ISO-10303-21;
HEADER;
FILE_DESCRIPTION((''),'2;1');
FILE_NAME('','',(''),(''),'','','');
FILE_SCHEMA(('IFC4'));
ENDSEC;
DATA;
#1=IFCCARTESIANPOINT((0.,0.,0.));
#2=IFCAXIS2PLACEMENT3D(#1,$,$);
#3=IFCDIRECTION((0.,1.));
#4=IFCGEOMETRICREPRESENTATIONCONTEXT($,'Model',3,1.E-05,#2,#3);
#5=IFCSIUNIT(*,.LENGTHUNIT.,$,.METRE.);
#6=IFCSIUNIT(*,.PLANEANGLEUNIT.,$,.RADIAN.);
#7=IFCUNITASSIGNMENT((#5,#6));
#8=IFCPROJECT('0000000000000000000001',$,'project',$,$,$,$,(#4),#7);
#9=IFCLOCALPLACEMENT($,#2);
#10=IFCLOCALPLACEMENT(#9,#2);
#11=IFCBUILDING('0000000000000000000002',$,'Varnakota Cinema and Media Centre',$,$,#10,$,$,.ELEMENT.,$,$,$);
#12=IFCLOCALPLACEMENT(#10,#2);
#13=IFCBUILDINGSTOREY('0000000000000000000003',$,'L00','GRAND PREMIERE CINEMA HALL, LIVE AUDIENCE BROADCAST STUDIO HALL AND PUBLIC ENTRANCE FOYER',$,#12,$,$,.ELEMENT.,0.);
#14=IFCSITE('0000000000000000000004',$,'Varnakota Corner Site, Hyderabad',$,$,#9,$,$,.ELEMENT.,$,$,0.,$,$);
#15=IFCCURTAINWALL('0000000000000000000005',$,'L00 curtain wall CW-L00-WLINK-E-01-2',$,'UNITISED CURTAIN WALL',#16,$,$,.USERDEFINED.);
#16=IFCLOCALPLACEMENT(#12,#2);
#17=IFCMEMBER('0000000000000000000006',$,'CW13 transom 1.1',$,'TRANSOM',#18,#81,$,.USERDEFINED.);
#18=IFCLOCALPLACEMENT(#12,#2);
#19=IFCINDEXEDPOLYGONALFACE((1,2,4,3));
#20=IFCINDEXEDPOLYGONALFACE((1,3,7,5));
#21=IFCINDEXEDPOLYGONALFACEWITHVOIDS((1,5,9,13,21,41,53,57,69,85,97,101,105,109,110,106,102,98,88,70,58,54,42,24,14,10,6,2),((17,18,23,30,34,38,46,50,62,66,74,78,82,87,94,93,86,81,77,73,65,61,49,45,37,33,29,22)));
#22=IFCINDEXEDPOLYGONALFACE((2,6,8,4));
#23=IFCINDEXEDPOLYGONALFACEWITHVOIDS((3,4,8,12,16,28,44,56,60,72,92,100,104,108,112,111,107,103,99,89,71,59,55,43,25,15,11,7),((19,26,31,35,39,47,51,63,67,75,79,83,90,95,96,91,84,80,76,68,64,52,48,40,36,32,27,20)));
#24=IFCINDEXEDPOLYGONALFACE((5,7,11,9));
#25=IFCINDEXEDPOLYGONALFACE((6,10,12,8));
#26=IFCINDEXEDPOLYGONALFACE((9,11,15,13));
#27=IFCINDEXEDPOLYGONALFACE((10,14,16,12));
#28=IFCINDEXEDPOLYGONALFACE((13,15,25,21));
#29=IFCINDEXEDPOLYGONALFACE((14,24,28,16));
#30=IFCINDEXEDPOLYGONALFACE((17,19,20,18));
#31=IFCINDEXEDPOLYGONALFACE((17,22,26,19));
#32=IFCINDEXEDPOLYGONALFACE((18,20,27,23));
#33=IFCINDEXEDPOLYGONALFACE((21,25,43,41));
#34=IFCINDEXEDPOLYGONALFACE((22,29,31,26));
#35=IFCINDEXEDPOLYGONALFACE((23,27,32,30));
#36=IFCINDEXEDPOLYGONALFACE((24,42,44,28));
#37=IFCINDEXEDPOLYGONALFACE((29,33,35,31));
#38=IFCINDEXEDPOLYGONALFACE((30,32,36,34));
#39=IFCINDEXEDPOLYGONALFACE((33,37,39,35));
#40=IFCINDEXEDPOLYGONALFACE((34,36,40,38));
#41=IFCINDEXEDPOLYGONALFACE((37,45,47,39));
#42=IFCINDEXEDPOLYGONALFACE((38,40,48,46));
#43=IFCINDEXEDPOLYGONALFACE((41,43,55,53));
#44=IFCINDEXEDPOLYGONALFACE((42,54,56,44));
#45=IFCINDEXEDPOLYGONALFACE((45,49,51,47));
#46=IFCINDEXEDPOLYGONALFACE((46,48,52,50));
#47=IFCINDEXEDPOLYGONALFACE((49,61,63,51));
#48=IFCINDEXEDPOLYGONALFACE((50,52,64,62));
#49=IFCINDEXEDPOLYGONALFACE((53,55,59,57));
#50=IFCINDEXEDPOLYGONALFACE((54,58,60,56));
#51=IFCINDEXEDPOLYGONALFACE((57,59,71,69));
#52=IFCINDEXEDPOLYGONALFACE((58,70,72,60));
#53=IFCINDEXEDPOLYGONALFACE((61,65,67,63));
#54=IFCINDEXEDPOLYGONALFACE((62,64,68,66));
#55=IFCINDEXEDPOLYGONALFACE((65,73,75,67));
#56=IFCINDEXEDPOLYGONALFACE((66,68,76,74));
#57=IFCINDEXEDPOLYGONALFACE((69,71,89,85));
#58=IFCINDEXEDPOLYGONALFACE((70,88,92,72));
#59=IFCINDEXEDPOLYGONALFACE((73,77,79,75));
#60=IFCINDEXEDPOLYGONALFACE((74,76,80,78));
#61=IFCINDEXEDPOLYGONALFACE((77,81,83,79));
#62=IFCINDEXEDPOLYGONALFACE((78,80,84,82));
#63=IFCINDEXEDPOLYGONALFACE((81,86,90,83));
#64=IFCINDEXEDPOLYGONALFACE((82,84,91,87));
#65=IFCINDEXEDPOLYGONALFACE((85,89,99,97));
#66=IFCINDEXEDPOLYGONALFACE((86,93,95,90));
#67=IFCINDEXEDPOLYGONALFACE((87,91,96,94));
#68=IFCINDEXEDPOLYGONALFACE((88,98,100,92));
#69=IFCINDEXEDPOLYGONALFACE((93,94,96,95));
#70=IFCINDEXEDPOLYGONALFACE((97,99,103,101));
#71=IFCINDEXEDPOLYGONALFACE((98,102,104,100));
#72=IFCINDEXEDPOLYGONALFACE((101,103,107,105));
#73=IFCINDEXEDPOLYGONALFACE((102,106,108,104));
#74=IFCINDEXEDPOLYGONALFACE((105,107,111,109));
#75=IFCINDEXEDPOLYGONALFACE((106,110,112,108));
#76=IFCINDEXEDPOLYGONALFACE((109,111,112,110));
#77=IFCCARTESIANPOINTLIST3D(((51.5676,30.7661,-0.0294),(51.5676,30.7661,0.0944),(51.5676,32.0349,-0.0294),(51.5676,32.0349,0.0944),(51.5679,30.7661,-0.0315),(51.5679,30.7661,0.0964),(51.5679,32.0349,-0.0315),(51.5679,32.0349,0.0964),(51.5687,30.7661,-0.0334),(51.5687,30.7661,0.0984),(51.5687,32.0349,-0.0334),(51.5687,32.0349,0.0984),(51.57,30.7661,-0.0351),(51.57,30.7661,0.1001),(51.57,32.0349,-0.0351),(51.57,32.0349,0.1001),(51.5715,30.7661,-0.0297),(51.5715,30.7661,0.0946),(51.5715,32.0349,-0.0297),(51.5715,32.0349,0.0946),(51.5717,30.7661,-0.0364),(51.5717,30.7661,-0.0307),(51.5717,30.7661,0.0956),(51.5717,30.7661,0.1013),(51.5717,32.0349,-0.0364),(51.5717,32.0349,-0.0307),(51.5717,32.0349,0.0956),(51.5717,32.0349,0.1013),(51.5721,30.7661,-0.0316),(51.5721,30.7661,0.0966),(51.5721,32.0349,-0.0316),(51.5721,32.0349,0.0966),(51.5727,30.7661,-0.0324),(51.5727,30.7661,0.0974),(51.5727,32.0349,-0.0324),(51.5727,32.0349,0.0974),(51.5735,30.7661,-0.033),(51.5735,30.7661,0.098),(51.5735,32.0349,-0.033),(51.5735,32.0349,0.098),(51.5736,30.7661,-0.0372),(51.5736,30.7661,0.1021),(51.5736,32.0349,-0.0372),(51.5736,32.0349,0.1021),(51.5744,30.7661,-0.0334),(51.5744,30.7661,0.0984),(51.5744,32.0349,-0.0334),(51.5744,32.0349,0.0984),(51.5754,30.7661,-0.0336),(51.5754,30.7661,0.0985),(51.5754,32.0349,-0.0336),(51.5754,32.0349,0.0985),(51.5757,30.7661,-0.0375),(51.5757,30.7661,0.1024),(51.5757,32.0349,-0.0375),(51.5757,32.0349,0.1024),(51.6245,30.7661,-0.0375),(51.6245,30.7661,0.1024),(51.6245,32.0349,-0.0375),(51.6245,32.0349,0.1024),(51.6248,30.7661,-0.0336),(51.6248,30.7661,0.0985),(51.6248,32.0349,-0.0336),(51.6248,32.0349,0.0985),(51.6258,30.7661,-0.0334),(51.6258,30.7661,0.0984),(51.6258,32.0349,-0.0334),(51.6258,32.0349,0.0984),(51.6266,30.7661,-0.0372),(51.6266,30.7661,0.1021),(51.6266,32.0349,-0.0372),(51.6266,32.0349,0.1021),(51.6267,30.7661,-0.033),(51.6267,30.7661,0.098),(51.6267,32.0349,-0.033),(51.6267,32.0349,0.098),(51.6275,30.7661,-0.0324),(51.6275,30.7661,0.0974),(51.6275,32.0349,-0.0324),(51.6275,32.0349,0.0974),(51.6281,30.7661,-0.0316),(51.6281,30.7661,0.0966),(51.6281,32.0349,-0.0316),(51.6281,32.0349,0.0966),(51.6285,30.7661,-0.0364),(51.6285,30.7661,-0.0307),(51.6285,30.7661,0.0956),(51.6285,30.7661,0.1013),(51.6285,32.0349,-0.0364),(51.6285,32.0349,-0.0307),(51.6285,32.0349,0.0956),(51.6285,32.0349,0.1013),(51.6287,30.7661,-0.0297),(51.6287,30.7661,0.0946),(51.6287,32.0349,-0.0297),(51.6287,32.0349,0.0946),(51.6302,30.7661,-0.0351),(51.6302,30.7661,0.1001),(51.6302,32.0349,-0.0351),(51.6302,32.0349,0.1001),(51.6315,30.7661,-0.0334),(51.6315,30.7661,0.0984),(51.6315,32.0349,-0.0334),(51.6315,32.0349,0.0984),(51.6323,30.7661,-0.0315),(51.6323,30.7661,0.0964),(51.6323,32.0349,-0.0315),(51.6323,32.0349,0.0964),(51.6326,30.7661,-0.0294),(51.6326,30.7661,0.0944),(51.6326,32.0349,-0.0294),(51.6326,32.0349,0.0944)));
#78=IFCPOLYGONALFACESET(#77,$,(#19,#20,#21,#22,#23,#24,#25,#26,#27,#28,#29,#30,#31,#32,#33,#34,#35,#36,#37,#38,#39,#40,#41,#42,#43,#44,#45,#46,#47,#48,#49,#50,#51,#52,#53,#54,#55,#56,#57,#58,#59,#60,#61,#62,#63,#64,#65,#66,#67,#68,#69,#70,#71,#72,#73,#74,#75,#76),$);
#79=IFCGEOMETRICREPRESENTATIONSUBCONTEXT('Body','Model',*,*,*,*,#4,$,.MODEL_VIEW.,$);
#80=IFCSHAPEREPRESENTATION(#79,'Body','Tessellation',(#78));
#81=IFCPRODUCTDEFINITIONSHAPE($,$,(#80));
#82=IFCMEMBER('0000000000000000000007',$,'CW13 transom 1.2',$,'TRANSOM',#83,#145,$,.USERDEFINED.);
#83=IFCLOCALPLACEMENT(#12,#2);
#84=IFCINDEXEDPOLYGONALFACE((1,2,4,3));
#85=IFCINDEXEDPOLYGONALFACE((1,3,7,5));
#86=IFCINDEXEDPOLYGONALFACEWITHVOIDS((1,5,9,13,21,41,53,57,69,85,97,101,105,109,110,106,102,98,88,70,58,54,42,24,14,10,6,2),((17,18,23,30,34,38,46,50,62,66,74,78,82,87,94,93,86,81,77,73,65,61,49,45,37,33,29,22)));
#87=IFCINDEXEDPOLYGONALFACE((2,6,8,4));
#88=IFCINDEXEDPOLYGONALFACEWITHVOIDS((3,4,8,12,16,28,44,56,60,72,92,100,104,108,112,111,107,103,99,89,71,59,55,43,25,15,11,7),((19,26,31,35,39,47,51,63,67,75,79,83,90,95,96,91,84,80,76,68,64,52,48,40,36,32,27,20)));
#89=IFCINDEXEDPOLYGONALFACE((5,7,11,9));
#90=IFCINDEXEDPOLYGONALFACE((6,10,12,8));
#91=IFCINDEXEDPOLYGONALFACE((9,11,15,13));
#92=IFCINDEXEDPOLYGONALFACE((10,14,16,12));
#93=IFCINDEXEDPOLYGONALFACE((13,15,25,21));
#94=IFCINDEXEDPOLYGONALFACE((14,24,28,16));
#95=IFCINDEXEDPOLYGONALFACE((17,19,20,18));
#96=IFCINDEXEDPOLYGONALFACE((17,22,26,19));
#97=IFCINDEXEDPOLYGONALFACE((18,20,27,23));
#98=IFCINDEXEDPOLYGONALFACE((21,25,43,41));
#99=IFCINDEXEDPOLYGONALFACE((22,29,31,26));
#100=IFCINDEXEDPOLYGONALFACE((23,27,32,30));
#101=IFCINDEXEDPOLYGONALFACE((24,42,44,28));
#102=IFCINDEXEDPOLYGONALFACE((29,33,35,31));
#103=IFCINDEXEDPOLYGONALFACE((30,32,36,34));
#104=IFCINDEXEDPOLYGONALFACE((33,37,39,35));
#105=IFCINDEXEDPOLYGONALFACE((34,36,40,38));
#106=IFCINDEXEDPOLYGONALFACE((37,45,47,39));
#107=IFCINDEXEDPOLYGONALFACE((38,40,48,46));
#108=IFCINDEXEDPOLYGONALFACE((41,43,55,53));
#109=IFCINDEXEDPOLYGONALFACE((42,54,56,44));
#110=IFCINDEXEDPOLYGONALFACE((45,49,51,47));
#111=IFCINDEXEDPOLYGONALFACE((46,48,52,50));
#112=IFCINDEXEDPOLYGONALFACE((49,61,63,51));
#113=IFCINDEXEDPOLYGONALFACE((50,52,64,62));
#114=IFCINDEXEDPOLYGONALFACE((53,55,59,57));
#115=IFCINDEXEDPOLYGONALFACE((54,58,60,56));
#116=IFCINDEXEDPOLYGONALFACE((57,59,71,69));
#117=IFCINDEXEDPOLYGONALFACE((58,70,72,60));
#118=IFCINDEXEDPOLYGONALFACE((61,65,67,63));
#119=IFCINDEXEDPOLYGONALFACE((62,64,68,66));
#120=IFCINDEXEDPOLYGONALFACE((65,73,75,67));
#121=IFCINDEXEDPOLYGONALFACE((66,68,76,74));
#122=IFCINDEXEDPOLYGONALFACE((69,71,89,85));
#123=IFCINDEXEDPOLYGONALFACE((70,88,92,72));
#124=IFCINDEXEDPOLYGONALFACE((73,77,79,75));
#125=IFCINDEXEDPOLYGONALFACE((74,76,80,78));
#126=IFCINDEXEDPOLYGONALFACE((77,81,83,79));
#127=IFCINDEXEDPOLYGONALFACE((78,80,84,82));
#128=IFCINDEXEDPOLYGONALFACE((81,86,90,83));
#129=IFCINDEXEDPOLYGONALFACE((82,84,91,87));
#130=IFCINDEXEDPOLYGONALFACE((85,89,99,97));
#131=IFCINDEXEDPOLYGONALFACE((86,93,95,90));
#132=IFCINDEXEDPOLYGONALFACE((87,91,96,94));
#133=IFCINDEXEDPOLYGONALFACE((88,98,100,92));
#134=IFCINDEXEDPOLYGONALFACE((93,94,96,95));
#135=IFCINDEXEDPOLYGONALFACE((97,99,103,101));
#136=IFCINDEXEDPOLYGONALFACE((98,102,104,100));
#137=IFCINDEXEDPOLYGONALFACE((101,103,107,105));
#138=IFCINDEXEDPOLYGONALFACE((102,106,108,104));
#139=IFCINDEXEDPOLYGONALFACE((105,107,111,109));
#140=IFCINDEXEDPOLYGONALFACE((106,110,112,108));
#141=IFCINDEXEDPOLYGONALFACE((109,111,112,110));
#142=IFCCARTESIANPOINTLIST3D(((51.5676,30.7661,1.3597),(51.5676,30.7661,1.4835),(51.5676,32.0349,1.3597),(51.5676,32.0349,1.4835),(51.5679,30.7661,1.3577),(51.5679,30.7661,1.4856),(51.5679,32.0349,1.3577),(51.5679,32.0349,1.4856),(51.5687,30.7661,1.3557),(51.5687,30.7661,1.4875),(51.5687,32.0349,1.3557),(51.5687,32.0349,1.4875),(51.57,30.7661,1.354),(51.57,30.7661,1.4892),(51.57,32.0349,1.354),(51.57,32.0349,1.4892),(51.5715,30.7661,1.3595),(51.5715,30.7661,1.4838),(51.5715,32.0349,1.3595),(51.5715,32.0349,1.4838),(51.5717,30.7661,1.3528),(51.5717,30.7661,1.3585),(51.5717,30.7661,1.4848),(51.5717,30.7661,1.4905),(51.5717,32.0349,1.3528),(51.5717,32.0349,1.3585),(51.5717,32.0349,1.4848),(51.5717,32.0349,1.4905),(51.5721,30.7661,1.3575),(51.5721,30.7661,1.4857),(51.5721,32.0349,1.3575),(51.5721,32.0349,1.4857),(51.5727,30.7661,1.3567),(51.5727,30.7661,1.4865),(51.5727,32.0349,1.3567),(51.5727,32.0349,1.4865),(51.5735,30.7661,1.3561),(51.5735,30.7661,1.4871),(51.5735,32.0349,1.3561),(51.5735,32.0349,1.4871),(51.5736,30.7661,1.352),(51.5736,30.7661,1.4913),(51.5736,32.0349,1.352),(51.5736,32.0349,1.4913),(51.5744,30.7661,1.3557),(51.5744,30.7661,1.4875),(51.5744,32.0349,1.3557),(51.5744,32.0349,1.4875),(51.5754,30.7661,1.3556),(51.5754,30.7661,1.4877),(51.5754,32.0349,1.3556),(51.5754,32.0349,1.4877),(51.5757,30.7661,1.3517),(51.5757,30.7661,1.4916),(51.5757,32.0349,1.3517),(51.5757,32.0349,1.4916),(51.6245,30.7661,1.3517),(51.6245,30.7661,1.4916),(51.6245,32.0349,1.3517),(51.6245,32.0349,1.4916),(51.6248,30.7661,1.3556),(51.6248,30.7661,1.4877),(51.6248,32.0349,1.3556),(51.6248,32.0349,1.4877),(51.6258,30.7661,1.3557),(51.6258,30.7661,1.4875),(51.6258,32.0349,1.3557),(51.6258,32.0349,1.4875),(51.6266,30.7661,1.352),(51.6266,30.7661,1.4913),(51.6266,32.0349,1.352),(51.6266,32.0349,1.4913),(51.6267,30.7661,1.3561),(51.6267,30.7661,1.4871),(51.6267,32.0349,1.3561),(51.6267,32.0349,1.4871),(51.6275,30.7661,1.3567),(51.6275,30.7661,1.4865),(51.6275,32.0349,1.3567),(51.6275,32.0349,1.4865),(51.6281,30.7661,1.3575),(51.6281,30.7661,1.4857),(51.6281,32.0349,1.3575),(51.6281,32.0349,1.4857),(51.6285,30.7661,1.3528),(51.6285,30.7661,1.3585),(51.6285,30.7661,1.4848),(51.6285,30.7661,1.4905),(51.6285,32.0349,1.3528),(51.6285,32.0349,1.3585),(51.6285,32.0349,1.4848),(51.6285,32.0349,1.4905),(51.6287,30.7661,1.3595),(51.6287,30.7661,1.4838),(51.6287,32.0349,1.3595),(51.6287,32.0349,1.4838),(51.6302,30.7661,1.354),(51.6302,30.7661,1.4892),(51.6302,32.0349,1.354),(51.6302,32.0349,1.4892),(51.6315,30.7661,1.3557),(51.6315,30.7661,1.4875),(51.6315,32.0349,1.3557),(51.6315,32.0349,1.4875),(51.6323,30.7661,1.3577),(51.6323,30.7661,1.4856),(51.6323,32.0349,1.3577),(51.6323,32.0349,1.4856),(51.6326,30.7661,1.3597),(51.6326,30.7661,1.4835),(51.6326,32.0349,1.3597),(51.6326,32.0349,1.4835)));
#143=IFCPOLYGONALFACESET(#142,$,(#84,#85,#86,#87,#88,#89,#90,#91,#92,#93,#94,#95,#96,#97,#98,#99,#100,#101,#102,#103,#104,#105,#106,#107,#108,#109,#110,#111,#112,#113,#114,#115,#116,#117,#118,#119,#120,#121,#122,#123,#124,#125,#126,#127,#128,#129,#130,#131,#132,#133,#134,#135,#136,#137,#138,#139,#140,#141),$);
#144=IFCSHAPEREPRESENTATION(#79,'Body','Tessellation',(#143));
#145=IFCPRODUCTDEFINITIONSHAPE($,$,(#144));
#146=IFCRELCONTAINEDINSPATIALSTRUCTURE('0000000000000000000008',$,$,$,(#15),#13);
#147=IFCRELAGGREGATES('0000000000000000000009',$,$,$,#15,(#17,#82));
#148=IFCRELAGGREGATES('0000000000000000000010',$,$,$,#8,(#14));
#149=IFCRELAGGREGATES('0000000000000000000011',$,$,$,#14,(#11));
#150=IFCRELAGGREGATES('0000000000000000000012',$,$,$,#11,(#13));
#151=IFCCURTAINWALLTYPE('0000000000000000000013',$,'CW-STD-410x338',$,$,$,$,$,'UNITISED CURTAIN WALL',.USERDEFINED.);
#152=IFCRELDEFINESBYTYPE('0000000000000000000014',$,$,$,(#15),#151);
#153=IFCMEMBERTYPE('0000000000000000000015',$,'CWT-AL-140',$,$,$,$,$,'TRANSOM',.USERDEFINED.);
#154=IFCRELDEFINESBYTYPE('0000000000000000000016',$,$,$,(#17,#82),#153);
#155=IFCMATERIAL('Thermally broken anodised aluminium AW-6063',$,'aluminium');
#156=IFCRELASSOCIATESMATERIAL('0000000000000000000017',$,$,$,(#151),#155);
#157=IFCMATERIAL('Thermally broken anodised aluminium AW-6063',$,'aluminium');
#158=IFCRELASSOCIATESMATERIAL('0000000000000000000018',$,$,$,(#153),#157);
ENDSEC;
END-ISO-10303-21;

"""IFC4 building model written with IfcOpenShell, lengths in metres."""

from ifc_helpers import new_model, si_unit, direction, frame, origin, origin_2d, place, context, subcontext, project, spatial, hollow_rectangle, extrude, material, material_profile, profile_set, type_object, element, aggregate, save


model = new_model("IFC4")

# Units and contexts
model_context = context("Model", 3, precision=1e-05, world=origin(), true_north=direction((0.0, 1.0)))
body_context = subcontext(model_context, "Body", "Model", "MODEL_VIEW")
ifc_project = project(units=[si_unit("LENGTHUNIT", "METRE"), si_unit("PLANEANGLEUNIT", "RADIAN")], contexts=[model_context])

# Site, building, storey
site_placement = place(None, origin())
site = spatial("IfcSite", under=ifc_project, at=site_placement, Name="Varnakota Corner Site, Hyderabad", CompositionType="ELEMENT", RefElevation=0.0)
building_placement = place(site_placement, origin())
building = spatial("IfcBuilding", under=site, at=building_placement, Name="Varnakota Cinema and Media Centre", CompositionType="ELEMENT")
storey_placement = place(building_placement, origin())
storey = spatial("IfcBuildingStorey", under=building, at=storey_placement, Name="L00", Description="GRAND PREMIERE CINEMA HALL, LIVE AUDIENCE BROADCAST STUDIO HALL AND PUBLIC ENTRANCE FOYER", CompositionType="ELEMENT", Elevation=0.0)

# Shared definitions
ifc_material_1 = material(Name="Thermally broken anodised aluminium AW-6063", Category="aluminium")
curtain_wall_type = type_object("IfcCurtainWallType", Name="CW-STD-410x338", ElementType="UNITISED CURTAIN WALL", PredefinedType="USERDEFINED", material=ifc_material_1)

# Curtain wall, members
curtain_wall_1_placement = place(storey_placement, origin())
curtain_wall_1 = element("IfcCurtainWall", 1, at=curtain_wall_1_placement, inside=storey, type_object=curtain_wall_type, Name="L00 curtain wall CW-L00-WLINK-E-01-2", ObjectType="UNITISED CURTAIN WALL", PredefinedType="USERDEFINED")
ifc_material_2 = material(Name="Thermally broken anodised aluminium AW-6063", Category="aluminium")
ifc_material_profile_1 = material_profile(ifc_material_2, hollow_rectangle(XDim=0.0649, YDim=0.1399, WallThickness=0.0039, InnerFilletRadius=0.0039, OuterFilletRadius=0.0081, at=origin_2d()), Name="AL-TRANSOM 140x65x4")
ifc_profile_set_1 = profile_set([ifc_material_profile_1], Name="Thermally broken anodised aluminium AW-6063")
member_type_1 = type_object("IfcMemberType", Name="CWT-AL-140", ElementType="TRANSOM", PredefinedType="USERDEFINED", material=ifc_profile_set_1)
member_1_placement = place(storey_placement, frame((51.6001, 30.7661, 0.0325), z_axis=(0.0, 1.0, 0.0), x_axis=(-1.0, 0.0, 0.0)))
member_1 = element("IfcMember", 2, at=member_1_placement, type_object=member_type_1, Name="CW13 transom 1.1", ObjectType="TRANSOM", PredefinedType="USERDEFINED", context=body_context, shape_type="SweptSolid", body=[
    extrude(hollow_rectangle(XDim=0.0649, YDim=0.1399, WallThickness=0.0039, InnerFilletRadius=0.0039, OuterFilletRadius=0.0081, at=origin_2d()), origin(), (0.0, 0.0, 1.0), 1.2688),
])
member_2_placement = place(storey_placement, frame((51.6001, 30.7661, 1.4216), z_axis=(0.0, 1.0, 0.0), x_axis=(-1.0, 0.0, 0.0)))
member_2 = element("IfcMember", 3, at=member_2_placement, type_object=member_type_1, Name="CW13 transom 1.2", ObjectType="TRANSOM", PredefinedType="USERDEFINED", context=body_context, shape_type="SweptSolid", body=[
    extrude(hollow_rectangle(XDim=0.0649, YDim=0.1399, WallThickness=0.0039, InnerFilletRadius=0.0039, OuterFilletRadius=0.0081, at=origin_2d()), origin(), (0.0, 0.0, 1.0), 1.2688),
])
aggregate(curtain_wall_1, [member_1, member_2])

save(model, "model.ifc")
